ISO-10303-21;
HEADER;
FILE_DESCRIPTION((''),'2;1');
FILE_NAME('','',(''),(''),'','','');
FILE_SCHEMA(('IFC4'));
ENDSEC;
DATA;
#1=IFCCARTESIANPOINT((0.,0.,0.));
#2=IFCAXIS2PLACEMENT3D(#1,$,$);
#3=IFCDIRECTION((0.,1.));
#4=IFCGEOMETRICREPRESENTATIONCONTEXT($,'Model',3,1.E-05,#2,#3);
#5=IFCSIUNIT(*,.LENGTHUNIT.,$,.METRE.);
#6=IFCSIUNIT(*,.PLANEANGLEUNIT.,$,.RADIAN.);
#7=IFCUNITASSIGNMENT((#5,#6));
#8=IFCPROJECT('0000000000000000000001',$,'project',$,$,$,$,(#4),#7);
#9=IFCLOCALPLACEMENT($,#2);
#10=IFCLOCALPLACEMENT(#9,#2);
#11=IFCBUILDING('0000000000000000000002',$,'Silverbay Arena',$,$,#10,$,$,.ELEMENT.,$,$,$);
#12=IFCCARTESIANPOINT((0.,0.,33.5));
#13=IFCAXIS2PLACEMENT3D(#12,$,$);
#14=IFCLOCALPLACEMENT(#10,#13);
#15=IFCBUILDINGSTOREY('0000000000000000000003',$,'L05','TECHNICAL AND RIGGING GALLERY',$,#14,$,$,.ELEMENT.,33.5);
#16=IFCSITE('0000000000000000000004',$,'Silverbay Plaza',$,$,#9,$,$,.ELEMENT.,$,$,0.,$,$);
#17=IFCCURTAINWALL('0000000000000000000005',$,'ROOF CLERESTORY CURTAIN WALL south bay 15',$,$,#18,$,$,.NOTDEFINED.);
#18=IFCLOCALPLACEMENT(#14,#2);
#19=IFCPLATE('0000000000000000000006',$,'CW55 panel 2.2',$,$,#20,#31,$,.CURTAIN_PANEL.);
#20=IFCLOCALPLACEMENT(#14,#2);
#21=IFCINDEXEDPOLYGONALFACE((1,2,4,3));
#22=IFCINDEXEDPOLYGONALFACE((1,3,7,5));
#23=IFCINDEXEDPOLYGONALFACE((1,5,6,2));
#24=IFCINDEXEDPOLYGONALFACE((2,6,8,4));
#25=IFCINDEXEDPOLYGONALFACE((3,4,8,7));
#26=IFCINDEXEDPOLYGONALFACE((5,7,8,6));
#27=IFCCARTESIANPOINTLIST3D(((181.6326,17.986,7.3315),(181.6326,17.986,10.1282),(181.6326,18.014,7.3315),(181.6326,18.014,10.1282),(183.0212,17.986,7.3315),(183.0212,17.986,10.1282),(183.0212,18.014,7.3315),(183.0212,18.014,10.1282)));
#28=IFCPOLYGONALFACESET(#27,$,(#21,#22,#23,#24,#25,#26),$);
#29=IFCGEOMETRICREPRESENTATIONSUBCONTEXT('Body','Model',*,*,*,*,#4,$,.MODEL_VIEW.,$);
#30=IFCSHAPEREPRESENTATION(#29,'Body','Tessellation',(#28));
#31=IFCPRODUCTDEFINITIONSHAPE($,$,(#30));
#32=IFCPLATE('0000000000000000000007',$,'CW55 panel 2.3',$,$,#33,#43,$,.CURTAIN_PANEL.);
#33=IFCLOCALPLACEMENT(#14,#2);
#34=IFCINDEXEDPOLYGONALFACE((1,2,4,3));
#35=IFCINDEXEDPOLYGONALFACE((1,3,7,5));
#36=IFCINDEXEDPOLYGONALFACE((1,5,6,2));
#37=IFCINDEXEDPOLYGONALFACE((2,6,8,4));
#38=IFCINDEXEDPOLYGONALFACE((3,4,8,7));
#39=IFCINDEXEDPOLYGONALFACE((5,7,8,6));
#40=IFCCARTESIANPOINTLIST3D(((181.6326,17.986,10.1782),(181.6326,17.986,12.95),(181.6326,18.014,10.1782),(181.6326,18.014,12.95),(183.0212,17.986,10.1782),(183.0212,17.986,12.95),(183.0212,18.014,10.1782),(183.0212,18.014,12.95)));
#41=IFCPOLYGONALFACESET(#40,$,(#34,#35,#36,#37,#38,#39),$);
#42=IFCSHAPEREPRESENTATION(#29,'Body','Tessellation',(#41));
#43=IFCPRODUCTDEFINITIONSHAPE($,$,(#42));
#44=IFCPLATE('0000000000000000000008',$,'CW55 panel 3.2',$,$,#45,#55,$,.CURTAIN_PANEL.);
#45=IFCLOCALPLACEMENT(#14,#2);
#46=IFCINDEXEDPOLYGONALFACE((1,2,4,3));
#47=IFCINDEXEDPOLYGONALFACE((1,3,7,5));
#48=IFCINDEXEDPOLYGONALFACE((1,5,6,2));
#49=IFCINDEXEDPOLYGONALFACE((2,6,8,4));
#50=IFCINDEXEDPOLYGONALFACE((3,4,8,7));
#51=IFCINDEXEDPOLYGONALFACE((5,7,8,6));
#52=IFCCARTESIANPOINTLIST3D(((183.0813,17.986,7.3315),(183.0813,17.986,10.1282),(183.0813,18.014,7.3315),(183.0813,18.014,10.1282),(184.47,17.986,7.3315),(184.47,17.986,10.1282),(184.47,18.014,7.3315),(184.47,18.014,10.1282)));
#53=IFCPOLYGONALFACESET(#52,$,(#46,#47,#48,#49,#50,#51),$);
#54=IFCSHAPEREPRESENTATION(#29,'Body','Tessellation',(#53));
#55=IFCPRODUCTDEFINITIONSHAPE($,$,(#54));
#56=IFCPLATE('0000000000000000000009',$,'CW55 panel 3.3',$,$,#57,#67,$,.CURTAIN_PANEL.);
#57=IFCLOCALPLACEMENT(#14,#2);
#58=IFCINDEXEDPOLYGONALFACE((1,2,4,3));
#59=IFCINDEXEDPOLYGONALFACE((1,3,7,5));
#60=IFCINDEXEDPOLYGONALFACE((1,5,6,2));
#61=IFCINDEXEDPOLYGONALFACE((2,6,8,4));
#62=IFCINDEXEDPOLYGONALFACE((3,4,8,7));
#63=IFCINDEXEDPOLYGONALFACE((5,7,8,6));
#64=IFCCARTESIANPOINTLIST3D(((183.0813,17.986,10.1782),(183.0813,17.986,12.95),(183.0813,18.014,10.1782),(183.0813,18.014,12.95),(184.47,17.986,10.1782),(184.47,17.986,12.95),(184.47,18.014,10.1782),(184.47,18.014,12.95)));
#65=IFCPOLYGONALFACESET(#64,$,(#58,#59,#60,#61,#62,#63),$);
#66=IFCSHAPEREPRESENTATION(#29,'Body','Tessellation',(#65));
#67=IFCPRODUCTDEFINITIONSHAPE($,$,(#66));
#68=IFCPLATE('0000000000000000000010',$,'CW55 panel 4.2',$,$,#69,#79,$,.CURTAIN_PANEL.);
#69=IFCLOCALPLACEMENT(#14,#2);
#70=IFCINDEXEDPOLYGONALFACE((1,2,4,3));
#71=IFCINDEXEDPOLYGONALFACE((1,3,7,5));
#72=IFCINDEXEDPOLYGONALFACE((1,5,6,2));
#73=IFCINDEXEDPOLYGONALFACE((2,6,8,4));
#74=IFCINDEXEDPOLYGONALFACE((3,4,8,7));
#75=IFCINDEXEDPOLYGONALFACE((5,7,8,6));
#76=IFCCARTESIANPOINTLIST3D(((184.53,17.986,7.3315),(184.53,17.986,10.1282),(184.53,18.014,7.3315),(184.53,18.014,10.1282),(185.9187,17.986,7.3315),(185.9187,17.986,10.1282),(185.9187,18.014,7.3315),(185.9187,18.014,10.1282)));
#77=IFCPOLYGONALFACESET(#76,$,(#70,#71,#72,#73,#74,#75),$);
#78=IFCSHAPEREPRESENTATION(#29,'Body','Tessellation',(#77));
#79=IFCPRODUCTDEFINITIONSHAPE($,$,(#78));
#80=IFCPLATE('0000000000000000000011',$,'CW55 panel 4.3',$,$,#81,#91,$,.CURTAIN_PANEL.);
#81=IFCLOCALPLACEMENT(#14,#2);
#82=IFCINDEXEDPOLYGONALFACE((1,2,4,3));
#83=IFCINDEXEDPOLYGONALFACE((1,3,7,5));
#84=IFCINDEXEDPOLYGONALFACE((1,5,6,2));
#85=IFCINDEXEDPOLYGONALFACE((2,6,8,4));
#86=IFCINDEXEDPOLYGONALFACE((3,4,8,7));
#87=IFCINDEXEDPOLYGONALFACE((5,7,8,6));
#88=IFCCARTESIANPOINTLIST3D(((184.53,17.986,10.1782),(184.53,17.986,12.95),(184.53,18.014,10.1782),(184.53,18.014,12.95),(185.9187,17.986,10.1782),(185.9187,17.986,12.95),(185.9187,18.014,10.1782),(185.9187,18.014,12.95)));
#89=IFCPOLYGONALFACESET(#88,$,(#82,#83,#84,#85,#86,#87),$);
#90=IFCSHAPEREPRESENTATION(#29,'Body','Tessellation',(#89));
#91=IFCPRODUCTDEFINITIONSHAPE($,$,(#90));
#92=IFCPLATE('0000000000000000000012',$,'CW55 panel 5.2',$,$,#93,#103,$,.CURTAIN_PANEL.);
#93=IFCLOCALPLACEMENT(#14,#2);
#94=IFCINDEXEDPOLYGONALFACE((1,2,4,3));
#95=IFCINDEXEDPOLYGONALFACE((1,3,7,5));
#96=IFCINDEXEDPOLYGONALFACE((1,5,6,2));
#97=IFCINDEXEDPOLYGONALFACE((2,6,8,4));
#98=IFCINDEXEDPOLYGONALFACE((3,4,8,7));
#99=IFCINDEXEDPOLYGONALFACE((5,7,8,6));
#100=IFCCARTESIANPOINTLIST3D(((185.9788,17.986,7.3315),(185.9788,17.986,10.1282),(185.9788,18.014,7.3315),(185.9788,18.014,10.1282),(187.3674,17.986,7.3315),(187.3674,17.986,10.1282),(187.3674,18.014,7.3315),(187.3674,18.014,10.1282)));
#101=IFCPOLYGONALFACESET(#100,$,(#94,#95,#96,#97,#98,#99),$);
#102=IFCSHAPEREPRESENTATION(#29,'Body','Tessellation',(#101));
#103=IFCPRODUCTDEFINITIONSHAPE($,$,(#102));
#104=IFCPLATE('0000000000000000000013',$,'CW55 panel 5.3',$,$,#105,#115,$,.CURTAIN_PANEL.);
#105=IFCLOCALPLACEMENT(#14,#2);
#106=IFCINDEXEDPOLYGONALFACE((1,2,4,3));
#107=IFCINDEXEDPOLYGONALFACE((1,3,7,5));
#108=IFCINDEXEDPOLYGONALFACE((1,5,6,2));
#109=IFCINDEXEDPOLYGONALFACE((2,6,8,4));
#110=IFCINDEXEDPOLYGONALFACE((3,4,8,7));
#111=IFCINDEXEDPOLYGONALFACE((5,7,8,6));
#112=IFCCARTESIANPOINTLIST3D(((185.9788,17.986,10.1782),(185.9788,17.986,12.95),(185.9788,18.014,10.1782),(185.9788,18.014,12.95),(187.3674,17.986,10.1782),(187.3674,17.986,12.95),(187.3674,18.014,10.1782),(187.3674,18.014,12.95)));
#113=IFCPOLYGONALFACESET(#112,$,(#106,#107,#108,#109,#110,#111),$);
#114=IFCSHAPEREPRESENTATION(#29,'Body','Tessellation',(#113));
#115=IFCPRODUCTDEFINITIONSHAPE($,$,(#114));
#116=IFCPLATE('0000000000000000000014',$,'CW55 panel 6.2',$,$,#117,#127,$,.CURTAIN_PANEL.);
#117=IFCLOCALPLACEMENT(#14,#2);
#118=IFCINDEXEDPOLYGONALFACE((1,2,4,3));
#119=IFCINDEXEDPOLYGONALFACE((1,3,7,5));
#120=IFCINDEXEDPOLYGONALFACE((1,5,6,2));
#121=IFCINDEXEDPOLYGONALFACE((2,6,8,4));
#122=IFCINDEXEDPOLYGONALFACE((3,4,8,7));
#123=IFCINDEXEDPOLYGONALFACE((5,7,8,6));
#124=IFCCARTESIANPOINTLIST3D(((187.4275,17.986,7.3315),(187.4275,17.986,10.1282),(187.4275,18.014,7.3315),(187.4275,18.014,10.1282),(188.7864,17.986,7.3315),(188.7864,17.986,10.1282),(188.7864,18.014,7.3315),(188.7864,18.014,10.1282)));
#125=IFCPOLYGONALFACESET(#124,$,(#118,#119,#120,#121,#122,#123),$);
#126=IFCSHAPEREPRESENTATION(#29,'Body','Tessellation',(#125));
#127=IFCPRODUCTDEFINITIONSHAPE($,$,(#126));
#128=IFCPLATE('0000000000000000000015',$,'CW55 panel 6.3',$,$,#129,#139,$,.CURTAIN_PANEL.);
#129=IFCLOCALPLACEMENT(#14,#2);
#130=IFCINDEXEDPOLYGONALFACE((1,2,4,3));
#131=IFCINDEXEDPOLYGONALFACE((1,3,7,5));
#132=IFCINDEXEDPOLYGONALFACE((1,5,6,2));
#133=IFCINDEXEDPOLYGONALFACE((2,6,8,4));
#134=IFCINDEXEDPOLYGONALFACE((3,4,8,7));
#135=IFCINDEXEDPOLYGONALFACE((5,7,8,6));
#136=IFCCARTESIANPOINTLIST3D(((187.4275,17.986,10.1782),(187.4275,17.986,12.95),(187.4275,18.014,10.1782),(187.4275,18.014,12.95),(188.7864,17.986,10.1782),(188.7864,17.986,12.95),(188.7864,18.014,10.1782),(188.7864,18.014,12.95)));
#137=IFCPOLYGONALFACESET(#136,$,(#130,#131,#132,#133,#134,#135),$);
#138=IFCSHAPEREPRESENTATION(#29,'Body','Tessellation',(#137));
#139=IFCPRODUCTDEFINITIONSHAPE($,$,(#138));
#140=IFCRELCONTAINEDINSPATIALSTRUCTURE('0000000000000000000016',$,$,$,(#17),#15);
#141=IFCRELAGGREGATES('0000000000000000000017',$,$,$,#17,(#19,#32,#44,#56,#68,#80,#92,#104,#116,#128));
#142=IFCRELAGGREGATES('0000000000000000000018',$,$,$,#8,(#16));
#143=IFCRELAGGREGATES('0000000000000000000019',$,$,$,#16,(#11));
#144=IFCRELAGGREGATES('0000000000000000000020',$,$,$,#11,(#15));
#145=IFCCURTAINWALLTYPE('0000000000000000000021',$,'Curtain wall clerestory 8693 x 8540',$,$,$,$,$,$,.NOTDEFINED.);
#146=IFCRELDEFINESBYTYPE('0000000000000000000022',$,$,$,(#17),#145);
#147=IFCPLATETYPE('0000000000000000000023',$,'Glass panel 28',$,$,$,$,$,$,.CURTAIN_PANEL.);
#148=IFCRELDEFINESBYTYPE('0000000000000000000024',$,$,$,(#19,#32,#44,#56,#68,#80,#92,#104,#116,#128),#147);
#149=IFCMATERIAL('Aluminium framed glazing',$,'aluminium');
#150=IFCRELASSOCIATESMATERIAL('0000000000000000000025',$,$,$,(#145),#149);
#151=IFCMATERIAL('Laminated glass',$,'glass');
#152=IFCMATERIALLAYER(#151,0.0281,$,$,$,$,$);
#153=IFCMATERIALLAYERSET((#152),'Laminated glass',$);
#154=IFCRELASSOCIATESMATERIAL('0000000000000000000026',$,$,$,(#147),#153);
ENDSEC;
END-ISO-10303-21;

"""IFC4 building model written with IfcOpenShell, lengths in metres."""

from ifc_helpers import new_model, si_unit, direction, frame, origin, origin_2d, place, context, subcontext, project, spatial, rectangle, extrude, material, layer, layer_set, type_object, element, aggregate, save


model = new_model("IFC4")

# Units and contexts
model_context = context("Model", 3, precision=1e-05, world=origin(), true_north=direction((0.0, 1.0)))
body_context = subcontext(model_context, "Body", "Model", "MODEL_VIEW")
ifc_project = project(units=[si_unit("LENGTHUNIT", "METRE"), si_unit("PLANEANGLEUNIT", "RADIAN")], contexts=[model_context])

# Site, building, storey
site_placement = place(None, origin())
site = spatial("IfcSite", under=ifc_project, at=site_placement, Name="Silverbay Plaza", CompositionType="ELEMENT", RefElevation=0.0)
building_placement = place(site_placement, origin())
building = spatial("IfcBuilding", under=site, at=building_placement, Name="Silverbay Arena", CompositionType="ELEMENT")
storey_placement = place(building_placement, frame((0.0, 0.0, 33.5)))
storey = spatial("IfcBuildingStorey", under=building, at=storey_placement, Name="L05", Description="TECHNICAL AND RIGGING GALLERY", CompositionType="ELEMENT", Elevation=33.5)

# Curtain wall
ifc_material_1 = material(Name="Aluminium framed glazing", Category="aluminium")
curtain_wall_type = type_object("IfcCurtainWallType", Name="Curtain wall clerestory 8693 x 8540", PredefinedType="NOTDEFINED", material=ifc_material_1)
curtain_wall_1_placement = place(storey_placement, origin())
curtain_wall_1 = element("IfcCurtainWall", 1, at=curtain_wall_1_placement, inside=storey, type_object=curtain_wall_type, Name="ROOF CLERESTORY CURTAIN WALL south bay 15", PredefinedType="NOTDEFINED")

# Plates
ifc_material_2 = material(Name="Laminated glass", Category="glass")
ifc_layer = layer(ifc_material_2, 0.0281)
ifc_layer_set = layer_set([ifc_layer], Name="Laminated glass")
plate_type = type_object("IfcPlateType", Name="Glass panel 28", PredefinedType="CURTAIN_PANEL", material=ifc_layer_set)
plate_1_placement = place(storey_placement, frame((182.3269, 18.0, 7.3315), z_axis=(0.0, 0.0, 1.0), x_axis=(1.0, 0.0, 0.0)))
plate_1 = element("IfcPlate", 2, at=plate_1_placement, type_object=plate_type, Name="CW55 panel 2.2", PredefinedType="CURTAIN_PANEL", context=body_context, shape_type="SweptSolid", body=[
    extrude(rectangle(XDim=1.3887, YDim=0.0281, at=origin_2d()), origin(), (0.0, 0.0, 1.0), 2.7966),
])
plate_2_placement = place(storey_placement, frame((182.3269, 18.0, 10.1782), z_axis=(0.0, 0.0, 1.0), x_axis=(1.0, 0.0, 0.0)))
plate_2 = element("IfcPlate", 3, at=plate_2_placement, type_object=plate_type, Name="CW55 panel 2.3", PredefinedType="CURTAIN_PANEL", context=body_context, shape_type="SweptSolid", body=[
    extrude(rectangle(XDim=1.3887, YDim=0.0281, at=origin_2d()), origin(), (0.0, 0.0, 1.0), 2.7717),
])
plate_3_placement = place(storey_placement, frame((183.7756, 18.0, 7.3315), z_axis=(0.0, 0.0, 1.0), x_axis=(1.0, 0.0, 0.0)))
plate_3 = element("IfcPlate", 4, at=plate_3_placement, type_object=plate_type, Name="CW55 panel 3.2", PredefinedType="CURTAIN_PANEL", context=body_context, shape_type="SweptSolid", body=[
    extrude(rectangle(XDim=1.3887, YDim=0.0281, at=origin_2d()), origin(), (0.0, 0.0, 1.0), 2.7966),
])
plate_4_placement = place(storey_placement, frame((183.7756, 18.0, 10.1782), z_axis=(0.0, 0.0, 1.0), x_axis=(1.0, 0.0, 0.0)))
plate_4 = element("IfcPlate", 5, at=plate_4_placement, type_object=plate_type, Name="CW55 panel 3.3", PredefinedType="CURTAIN_PANEL", context=body_context, shape_type="SweptSolid", body=[
    extrude(rectangle(XDim=1.3887, YDim=0.0281, at=origin_2d()), origin(), (0.0, 0.0, 1.0), 2.7717),
])
plate_5_placement = place(storey_placement, frame((185.2244, 18.0, 7.3315), z_axis=(0.0, 0.0, 1.0), x_axis=(1.0, 0.0, 0.0)))
plate_5 = element("IfcPlate", 6, at=plate_5_placement, type_object=plate_type, Name="CW55 panel 4.2", PredefinedType="CURTAIN_PANEL", context=body_context, shape_type="SweptSolid", body=[
    extrude(rectangle(XDim=1.3887, YDim=0.0281, at=origin_2d()), origin(), (0.0, 0.0, 1.0), 2.7966),
])
plate_6_placement = place(storey_placement, frame((185.2244, 18.0, 10.1782), z_axis=(0.0, 0.0, 1.0), x_axis=(1.0, 0.0, 0.0)))
plate_6 = element("IfcPlate", 7, at=plate_6_placement, type_object=plate_type, Name="CW55 panel 4.3", PredefinedType="CURTAIN_PANEL", context=body_context, shape_type="SweptSolid", body=[
    extrude(rectangle(XDim=1.3887, YDim=0.0281, at=origin_2d()), origin(), (0.0, 0.0, 1.0), 2.7717),
])
plate_7_placement = place(storey_placement, frame((186.6731, 18.0, 7.3315), z_axis=(0.0, 0.0, 1.0), x_axis=(1.0, 0.0, 0.0)))
plate_7 = element("IfcPlate", 8, at=plate_7_placement, type_object=plate_type, Name="CW55 panel 5.2", PredefinedType="CURTAIN_PANEL", context=body_context, shape_type="SweptSolid", body=[
    extrude(rectangle(XDim=1.3887, YDim=0.0281, at=origin_2d()), origin(), (0.0, 0.0, 1.0), 2.7966),
])
plate_8_placement = place(storey_placement, frame((186.6731, 18.0, 10.1782), z_axis=(0.0, 0.0, 1.0), x_axis=(1.0, 0.0, 0.0)))
plate_8 = element("IfcPlate", 9, at=plate_8_placement, type_object=plate_type, Name="CW55 panel 5.3", PredefinedType="CURTAIN_PANEL", context=body_context, shape_type="SweptSolid", body=[
    extrude(rectangle(XDim=1.3887, YDim=0.0281, at=origin_2d()), origin(), (0.0, 0.0, 1.0), 2.7717),
])
plate_9_placement = place(storey_placement, frame((188.1069, 18.0, 7.3315), z_axis=(0.0, 0.0, 1.0), x_axis=(1.0, 0.0, 0.0)))
plate_9 = element("IfcPlate", 10, at=plate_9_placement, type_object=plate_type, Name="CW55 panel 6.2", PredefinedType="CURTAIN_PANEL", context=body_context, shape_type="SweptSolid", body=[
    extrude(rectangle(XDim=1.3589, YDim=0.0281, at=origin_2d()), origin(), (0.0, 0.0, 1.0), 2.7966),
])
plate_10_placement = place(storey_placement, frame((188.1069, 18.0, 10.1782), z_axis=(0.0, 0.0, 1.0), x_axis=(1.0, 0.0, 0.0)))
plate_10 = element("IfcPlate", 11, at=plate_10_placement, type_object=plate_type, Name="CW55 panel 6.3", PredefinedType="CURTAIN_PANEL", context=body_context, shape_type="SweptSolid", body=[
    extrude(rectangle(XDim=1.3589, YDim=0.0281, at=origin_2d()), origin(), (0.0, 0.0, 1.0), 2.7717),
])
aggregate(curtain_wall_1, [plate_1, plate_2, plate_3, plate_4, plate_5, plate_6, plate_7, plate_8, plate_9, plate_10])

save(model, "model.ifc")
